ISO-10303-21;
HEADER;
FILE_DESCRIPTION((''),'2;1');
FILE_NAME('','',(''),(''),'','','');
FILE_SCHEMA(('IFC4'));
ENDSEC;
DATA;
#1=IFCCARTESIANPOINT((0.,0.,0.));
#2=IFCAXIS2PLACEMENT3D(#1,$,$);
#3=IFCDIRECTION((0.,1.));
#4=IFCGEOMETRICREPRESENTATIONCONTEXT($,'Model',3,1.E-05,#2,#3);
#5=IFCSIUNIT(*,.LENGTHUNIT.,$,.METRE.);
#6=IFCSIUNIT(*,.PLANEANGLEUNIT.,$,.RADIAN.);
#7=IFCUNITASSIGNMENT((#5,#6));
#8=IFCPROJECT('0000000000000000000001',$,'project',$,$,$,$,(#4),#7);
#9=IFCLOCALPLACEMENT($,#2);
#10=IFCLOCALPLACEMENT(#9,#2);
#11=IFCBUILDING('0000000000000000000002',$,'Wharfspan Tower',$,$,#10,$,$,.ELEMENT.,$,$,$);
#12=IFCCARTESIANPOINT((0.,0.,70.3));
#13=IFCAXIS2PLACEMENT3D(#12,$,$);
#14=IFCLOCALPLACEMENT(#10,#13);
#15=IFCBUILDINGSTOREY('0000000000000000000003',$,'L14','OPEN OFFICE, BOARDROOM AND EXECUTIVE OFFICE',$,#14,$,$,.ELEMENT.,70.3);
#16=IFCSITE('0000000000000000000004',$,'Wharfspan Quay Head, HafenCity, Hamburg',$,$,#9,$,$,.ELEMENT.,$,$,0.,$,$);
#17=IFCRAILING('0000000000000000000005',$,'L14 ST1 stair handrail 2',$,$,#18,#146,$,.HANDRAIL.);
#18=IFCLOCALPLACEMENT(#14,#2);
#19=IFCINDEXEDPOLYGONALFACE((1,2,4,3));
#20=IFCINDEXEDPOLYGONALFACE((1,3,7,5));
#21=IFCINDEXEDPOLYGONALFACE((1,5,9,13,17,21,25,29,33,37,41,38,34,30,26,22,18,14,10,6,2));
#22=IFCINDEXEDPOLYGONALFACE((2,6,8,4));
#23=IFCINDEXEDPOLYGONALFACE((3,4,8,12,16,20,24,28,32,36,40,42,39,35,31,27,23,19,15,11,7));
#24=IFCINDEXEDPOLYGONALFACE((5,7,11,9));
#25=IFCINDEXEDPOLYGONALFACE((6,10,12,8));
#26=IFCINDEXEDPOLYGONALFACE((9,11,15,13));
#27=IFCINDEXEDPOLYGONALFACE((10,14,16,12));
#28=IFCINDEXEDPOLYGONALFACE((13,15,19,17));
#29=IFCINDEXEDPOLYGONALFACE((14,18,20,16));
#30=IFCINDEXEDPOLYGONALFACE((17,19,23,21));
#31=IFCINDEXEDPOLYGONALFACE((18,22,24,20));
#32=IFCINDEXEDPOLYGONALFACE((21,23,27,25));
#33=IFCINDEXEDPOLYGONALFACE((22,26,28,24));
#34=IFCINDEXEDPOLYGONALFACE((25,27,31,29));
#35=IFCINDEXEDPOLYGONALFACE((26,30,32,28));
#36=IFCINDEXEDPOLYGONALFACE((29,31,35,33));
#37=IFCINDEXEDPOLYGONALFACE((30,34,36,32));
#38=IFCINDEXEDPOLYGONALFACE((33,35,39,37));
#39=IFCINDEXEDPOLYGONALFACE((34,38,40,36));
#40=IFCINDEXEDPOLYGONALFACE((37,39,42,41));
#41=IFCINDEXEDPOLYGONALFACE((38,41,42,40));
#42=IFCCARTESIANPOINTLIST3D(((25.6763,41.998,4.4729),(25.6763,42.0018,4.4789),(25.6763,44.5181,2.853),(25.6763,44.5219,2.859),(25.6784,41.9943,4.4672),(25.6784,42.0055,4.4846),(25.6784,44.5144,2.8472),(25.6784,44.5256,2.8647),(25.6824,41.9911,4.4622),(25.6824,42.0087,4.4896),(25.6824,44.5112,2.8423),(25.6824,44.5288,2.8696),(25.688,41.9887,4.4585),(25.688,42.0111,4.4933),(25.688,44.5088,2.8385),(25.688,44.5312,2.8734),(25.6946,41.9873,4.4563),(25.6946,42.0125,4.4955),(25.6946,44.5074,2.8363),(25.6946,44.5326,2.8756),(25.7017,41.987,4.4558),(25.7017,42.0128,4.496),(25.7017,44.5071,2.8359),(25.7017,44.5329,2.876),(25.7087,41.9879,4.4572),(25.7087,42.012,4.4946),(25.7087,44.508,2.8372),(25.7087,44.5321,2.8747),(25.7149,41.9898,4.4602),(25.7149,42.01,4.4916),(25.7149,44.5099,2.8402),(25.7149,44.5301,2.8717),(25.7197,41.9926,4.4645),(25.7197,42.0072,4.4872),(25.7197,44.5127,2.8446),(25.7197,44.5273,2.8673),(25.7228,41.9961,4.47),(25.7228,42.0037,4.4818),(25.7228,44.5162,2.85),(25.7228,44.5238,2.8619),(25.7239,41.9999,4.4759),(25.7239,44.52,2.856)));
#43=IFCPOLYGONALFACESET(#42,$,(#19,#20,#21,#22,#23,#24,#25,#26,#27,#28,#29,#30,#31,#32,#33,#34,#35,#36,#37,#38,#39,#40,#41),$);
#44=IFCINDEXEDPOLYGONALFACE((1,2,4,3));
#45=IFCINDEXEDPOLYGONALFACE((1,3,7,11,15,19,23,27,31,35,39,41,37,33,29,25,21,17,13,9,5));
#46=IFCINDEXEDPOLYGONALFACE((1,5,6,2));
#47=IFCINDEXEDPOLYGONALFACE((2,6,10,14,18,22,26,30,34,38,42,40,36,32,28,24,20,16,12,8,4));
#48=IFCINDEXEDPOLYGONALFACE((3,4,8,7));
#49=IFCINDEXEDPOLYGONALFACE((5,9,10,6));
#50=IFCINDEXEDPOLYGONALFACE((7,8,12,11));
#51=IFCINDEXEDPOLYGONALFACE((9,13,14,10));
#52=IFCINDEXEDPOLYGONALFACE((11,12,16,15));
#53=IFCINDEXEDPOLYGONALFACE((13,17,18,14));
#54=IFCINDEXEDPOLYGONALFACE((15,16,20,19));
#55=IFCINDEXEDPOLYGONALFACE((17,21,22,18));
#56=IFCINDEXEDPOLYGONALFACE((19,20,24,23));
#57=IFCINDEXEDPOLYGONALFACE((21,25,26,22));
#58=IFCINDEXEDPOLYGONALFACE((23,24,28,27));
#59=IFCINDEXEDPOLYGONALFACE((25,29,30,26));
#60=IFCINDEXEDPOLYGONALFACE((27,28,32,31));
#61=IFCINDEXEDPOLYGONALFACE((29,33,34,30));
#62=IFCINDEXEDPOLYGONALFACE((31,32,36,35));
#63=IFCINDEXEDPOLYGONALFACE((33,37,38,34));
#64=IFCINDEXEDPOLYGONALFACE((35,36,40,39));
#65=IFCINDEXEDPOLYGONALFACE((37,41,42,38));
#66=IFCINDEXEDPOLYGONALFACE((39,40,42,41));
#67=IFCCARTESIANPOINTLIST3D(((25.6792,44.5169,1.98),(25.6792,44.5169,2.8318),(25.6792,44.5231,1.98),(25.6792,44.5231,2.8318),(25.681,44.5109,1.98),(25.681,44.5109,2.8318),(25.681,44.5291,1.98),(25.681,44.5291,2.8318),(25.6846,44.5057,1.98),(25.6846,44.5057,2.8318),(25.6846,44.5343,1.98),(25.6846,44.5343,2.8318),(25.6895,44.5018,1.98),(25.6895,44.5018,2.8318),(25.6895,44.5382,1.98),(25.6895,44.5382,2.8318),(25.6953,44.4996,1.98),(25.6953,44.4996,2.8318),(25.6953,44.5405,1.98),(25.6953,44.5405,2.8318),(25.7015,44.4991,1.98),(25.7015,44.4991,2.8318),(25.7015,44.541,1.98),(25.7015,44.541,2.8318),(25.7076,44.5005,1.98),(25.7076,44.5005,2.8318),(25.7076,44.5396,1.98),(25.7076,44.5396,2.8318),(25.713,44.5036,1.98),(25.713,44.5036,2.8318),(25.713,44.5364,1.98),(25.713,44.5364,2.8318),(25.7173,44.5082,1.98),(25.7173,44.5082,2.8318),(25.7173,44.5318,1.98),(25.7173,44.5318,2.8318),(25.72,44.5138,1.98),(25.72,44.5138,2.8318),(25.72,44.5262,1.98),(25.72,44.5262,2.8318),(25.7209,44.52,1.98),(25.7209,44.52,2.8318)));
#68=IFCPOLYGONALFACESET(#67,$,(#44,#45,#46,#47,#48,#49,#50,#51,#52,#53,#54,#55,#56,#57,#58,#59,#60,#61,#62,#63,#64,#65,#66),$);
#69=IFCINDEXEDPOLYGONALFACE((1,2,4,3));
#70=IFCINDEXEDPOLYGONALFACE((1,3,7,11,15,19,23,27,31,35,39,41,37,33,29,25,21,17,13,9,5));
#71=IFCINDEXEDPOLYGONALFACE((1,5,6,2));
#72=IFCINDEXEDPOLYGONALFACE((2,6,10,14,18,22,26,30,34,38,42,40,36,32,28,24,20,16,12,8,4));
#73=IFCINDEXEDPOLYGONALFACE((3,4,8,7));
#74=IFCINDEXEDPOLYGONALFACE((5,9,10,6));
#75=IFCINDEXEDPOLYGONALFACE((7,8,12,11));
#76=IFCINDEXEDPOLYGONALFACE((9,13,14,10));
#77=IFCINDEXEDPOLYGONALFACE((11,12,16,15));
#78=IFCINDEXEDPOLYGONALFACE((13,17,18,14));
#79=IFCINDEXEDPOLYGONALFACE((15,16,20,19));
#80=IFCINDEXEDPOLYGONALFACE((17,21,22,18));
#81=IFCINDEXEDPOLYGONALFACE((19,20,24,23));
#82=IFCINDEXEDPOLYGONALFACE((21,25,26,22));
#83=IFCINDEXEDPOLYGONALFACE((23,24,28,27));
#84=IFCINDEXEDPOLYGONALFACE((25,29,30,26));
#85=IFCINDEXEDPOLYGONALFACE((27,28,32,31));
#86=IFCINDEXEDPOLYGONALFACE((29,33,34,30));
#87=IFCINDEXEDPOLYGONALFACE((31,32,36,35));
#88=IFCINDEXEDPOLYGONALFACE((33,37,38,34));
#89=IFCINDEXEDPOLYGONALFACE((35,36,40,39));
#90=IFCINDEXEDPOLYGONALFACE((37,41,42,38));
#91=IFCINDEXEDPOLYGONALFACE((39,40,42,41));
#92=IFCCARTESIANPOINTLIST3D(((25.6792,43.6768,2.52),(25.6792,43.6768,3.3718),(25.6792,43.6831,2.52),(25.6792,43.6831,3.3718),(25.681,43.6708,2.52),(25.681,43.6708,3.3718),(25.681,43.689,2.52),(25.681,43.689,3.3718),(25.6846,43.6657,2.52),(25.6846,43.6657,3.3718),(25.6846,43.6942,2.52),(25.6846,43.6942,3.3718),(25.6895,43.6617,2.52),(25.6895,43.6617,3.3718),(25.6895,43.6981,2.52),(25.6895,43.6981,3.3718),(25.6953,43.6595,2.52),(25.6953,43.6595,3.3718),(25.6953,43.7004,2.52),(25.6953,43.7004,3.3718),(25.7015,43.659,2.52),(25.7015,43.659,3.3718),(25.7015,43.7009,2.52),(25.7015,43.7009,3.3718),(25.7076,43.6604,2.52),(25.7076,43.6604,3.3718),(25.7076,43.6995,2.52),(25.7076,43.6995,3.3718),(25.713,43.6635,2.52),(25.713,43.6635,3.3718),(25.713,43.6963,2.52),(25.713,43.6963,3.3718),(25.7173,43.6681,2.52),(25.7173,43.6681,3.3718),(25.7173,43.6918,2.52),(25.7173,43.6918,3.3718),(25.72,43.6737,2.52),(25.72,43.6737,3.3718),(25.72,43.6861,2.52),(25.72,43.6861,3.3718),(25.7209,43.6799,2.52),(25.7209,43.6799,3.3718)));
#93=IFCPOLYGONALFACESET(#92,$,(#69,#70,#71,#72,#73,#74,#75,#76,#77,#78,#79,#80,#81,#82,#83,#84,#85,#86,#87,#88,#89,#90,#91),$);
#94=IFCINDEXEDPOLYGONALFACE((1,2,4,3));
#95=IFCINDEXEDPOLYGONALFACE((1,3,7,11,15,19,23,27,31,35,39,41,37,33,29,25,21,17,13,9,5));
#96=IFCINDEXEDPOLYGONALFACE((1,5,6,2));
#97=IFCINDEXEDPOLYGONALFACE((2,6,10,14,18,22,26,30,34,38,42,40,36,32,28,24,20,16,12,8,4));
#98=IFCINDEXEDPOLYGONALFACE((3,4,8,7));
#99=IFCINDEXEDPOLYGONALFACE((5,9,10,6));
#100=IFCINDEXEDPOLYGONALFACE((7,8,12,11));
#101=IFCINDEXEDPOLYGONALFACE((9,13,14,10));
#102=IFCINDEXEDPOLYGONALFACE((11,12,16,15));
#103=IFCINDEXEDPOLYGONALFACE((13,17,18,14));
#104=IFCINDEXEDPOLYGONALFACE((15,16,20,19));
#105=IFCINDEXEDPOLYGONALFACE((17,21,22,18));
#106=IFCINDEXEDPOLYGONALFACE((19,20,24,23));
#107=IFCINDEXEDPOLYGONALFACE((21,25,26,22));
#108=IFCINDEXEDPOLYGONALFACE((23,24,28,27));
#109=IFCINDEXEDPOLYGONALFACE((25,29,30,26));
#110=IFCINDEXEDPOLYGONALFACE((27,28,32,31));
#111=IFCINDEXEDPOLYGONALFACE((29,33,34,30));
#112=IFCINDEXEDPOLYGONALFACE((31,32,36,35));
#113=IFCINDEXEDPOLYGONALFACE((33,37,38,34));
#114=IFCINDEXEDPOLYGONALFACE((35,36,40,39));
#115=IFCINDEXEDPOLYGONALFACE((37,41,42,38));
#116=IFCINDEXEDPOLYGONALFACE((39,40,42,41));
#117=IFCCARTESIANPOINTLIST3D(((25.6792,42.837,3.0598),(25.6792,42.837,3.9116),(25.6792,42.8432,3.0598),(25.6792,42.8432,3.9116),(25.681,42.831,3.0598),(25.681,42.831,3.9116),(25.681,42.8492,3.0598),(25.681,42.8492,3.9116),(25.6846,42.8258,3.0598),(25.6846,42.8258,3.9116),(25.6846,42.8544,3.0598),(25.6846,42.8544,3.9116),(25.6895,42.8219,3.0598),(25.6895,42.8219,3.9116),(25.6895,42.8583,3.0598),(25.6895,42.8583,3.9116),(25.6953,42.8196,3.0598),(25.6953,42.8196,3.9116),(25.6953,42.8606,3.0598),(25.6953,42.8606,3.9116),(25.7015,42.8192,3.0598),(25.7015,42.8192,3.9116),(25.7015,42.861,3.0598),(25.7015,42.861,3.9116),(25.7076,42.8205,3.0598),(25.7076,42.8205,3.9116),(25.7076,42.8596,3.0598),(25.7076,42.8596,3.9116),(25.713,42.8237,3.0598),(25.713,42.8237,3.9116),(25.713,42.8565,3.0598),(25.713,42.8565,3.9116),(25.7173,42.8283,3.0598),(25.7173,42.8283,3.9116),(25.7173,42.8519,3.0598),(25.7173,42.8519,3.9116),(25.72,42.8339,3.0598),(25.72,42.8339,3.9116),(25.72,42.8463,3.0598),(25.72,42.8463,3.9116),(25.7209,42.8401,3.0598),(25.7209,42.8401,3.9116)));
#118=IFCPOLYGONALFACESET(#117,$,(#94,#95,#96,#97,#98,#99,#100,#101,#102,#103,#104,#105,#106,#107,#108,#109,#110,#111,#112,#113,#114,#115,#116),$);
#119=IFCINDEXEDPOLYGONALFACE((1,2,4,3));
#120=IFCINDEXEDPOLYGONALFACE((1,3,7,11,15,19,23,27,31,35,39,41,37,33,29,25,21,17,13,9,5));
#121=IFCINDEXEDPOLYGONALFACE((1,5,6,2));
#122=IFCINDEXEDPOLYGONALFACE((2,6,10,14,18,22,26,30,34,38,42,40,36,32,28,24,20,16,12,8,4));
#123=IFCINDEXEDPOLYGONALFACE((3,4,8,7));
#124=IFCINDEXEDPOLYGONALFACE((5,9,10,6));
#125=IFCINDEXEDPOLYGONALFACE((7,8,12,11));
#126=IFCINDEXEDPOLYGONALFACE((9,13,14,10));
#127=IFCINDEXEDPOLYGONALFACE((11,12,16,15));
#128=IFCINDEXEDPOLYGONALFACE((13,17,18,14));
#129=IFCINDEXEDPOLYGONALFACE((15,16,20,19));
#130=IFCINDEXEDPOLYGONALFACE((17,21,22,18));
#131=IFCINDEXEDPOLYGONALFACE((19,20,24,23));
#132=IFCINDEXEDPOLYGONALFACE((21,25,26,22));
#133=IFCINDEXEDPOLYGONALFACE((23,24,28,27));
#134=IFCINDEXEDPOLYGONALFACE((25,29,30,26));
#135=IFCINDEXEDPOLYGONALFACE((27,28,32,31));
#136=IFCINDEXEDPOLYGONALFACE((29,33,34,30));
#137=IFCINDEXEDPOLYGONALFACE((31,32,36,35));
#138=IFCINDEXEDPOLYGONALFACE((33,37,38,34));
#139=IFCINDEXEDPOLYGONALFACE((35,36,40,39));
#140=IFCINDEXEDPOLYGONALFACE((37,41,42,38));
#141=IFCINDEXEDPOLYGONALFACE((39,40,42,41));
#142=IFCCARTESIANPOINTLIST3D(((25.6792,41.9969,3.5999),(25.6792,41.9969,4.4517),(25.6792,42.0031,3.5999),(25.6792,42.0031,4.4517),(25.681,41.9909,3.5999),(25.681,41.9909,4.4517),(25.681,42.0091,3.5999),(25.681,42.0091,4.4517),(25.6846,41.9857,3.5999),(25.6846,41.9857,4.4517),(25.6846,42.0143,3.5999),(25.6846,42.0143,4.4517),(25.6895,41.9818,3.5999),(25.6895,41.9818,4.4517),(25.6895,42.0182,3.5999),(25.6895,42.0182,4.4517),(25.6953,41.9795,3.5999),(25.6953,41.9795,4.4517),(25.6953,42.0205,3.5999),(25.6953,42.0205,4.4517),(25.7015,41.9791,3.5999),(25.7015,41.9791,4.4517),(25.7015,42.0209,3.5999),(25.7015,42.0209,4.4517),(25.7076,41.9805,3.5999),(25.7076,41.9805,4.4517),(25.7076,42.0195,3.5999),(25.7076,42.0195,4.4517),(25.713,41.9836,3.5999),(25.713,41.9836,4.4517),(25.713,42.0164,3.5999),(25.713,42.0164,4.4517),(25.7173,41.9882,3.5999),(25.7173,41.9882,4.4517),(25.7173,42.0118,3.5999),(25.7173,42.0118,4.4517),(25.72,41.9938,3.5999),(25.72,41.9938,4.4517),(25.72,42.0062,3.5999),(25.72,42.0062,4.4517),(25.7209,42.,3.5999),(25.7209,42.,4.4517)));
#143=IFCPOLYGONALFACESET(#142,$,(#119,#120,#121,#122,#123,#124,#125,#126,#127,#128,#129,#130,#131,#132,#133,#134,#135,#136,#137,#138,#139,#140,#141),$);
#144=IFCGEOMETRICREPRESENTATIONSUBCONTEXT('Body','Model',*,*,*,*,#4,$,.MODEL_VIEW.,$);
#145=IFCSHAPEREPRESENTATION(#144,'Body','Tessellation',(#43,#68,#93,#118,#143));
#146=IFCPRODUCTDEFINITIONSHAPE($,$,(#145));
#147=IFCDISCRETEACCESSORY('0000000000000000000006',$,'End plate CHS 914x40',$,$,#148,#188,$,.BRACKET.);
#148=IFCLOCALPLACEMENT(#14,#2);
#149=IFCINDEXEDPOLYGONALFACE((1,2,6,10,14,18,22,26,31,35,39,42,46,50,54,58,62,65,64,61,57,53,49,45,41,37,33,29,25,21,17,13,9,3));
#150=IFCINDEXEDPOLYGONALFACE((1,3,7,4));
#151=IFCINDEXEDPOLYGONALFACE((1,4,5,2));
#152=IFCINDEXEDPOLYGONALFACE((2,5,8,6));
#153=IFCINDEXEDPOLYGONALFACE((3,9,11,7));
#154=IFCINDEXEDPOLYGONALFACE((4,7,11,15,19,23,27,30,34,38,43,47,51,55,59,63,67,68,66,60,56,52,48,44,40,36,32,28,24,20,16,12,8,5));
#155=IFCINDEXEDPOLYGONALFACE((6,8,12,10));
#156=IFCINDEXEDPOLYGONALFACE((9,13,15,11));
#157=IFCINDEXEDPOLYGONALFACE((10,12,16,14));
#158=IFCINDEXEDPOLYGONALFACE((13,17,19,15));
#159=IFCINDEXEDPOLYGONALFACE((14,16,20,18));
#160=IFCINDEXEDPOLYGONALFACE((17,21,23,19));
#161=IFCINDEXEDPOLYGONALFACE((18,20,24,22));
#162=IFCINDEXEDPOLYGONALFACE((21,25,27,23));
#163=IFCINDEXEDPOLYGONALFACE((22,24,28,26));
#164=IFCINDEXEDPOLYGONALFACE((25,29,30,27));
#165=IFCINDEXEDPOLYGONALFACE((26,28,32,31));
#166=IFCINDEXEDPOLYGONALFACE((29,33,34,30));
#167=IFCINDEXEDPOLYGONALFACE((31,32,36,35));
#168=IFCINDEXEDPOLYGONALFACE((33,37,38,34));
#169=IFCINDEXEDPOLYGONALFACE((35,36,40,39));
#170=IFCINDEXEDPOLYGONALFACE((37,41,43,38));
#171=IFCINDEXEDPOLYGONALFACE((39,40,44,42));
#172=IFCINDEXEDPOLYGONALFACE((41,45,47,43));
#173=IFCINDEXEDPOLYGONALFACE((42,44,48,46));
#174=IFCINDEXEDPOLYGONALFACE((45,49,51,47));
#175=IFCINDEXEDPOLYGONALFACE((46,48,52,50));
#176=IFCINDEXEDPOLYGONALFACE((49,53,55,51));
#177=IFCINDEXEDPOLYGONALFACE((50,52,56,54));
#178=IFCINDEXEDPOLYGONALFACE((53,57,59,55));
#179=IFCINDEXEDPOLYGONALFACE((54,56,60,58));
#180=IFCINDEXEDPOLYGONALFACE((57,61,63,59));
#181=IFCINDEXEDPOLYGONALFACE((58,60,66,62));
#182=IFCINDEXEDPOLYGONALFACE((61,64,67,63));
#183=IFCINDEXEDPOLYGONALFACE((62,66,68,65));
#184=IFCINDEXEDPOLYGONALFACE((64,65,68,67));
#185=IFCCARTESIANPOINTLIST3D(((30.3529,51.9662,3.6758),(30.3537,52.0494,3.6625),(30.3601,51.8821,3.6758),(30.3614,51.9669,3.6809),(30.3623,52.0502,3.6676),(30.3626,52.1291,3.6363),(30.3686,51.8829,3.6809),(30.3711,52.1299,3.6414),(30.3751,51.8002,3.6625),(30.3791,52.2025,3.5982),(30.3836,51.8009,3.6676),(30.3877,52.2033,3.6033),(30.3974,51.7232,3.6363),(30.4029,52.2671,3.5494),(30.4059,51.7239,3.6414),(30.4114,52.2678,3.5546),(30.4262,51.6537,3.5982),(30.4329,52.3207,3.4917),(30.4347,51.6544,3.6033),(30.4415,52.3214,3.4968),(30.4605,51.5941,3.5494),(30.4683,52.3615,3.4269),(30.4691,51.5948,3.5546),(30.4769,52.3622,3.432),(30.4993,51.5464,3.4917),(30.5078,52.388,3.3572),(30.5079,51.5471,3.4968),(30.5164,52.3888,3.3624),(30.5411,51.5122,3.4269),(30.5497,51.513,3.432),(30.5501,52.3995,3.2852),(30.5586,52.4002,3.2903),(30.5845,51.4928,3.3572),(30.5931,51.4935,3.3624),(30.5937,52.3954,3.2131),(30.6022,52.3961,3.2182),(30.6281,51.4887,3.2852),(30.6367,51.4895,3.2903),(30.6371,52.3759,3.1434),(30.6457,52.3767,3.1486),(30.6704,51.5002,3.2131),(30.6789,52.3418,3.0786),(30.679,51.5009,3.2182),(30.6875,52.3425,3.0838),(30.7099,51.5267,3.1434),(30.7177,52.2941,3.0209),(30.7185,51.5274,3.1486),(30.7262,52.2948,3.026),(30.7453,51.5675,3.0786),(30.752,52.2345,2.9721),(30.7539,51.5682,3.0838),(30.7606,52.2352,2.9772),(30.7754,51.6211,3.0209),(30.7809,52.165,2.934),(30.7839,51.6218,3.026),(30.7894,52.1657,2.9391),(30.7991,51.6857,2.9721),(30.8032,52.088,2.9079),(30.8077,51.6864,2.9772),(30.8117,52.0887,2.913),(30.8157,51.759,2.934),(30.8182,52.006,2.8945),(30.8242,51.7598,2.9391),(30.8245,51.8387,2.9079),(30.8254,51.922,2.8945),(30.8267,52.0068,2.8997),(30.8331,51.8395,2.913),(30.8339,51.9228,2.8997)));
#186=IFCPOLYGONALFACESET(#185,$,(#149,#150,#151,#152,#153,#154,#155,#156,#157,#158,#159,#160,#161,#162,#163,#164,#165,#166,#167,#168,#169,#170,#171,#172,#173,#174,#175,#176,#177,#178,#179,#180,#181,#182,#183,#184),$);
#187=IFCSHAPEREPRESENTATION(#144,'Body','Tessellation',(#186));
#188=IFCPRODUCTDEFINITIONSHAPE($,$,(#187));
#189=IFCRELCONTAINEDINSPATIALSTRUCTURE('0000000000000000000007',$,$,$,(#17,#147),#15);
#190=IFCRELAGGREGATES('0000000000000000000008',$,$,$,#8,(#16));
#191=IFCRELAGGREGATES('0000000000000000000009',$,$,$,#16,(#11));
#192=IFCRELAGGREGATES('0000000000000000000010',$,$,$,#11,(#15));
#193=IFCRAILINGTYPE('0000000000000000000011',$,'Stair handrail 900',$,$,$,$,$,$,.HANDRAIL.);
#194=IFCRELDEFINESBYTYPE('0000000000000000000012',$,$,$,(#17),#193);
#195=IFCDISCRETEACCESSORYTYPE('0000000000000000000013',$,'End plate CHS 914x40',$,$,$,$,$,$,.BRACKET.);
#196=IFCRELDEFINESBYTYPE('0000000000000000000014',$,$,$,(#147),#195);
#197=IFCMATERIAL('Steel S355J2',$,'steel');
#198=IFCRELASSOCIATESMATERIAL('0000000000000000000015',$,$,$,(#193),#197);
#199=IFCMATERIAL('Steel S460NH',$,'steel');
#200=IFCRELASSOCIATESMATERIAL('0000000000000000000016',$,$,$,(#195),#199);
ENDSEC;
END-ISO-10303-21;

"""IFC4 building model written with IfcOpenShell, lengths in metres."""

from ifc_helpers import new_model, si_unit, direction, frame, origin, origin_2d, place, context, subcontext, project, spatial, circle, extrude, material, material_profile, profile_set, type_object, element, save


model = new_model("IFC4")

# Units and contexts
model_context = context("Model", 3, precision=1e-05, world=origin(), true_north=direction((0.0, 1.0)))
body_context = subcontext(model_context, "Body", "Model", "MODEL_VIEW")
ifc_project = project(units=[si_unit("LENGTHUNIT", "METRE"), si_unit("PLANEANGLEUNIT", "RADIAN")], contexts=[model_context])

# Site, building, storey
site_placement = place(None, origin())
site = spatial("IfcSite", under=ifc_project, at=site_placement, Name="Wharfspan Quay Head, HafenCity, Hamburg", CompositionType="ELEMENT", RefElevation=0.0)
building_placement = place(site_placement, origin())
building = spatial("IfcBuilding", under=site, at=building_placement, Name="Wharfspan Tower", CompositionType="ELEMENT")
storey_placement = place(building_placement, frame((0.0, 0.0, 70.3)))
storey = spatial("IfcBuildingStorey", under=building, at=storey_placement, Name="L14", Description="OPEN OFFICE, BOARDROOM AND EXECUTIVE OFFICE", CompositionType="ELEMENT", Elevation=70.3)

# Shared definitions
ifc_material_1 = material(Name="Steel S355J2", Category="steel")

# Shared definitions
ifc_material_2 = material(Name="Steel S460NH", Category="steel")

# Railing
railing_type_1 = type_object("IfcRailingType", Name="Stair handrail 900", PredefinedType="HANDRAIL", material=ifc_material_1)
railing_1_placement = place(storey_placement, frame((25.7, 44.52, 1.98)))
element("IfcRailing", 1, at=railing_1_placement, inside=storey, type_object=railing_type_1, Name="L14 ST1 stair handrail 2", PredefinedType="HANDRAIL", context=body_context, shape_type="SweptSolid", body=[
    extrude(circle(Radius=0.0239, at=origin_2d()), frame((0.0, 0.0, 0.876), z_axis=(0.0, -0.8412, 0.540725), x_axis=(1.0, 0.0, 0.0)), (0.0, 0.0, 1.0), 2.9958),
    extrude(circle(Radius=0.021, at=origin_2d()), origin(), (0.0, 0.0, 1.0), 0.8518),
    extrude(circle(Radius=0.021, at=origin_2d()), frame((0.0, -0.8401, 0.54)), (0.0, 0.0, 1.0), 0.8518),
    extrude(circle(Radius=0.021, at=origin_2d()), frame((0.0, -1.6799, 1.0798)), (0.0, 0.0, 1.0), 0.8518),
    extrude(circle(Radius=0.021, at=origin_2d()), frame((0.0, -2.52, 1.6199)), (0.0, 0.0, 1.0), 0.8518),
])

# Discrete accessory
ifc_material_profile_1 = material_profile(ifc_material_2, circle(Radius=0.457, at=origin_2d()))
ifc_profile_set_1 = profile_set([ifc_material_profile_1], Name="Steel S460NH")
discrete_accessory_type = type_object("IfcDiscreteAccessoryType", Name="End plate CHS 914x40", PredefinedType="BRACKET", material=ifc_profile_set_1)
for number, where, z_axis, x_axis, name in (
    (2, (30.5891, 51.9441, 3.2852), (0.855186, 0.073302, 0.513112), (-0.085402, 0.996345, 0.000001), "End plate CHS 914x40"),
):
    element("IfcDiscreteAccessory", number, at=place(storey_placement, frame(where, z_axis=z_axis, x_axis=x_axis)), inside=storey, type_object=discrete_accessory_type, Name=name, PredefinedType="BRACKET", context=body_context, shape_type="SweptSolid", body=[
        extrude(circle(Radius=0.457, at=origin_2d()), origin(), (0.0, 0.0, 1.0), 0.01),
    ])

save(model, "model.ifc")
